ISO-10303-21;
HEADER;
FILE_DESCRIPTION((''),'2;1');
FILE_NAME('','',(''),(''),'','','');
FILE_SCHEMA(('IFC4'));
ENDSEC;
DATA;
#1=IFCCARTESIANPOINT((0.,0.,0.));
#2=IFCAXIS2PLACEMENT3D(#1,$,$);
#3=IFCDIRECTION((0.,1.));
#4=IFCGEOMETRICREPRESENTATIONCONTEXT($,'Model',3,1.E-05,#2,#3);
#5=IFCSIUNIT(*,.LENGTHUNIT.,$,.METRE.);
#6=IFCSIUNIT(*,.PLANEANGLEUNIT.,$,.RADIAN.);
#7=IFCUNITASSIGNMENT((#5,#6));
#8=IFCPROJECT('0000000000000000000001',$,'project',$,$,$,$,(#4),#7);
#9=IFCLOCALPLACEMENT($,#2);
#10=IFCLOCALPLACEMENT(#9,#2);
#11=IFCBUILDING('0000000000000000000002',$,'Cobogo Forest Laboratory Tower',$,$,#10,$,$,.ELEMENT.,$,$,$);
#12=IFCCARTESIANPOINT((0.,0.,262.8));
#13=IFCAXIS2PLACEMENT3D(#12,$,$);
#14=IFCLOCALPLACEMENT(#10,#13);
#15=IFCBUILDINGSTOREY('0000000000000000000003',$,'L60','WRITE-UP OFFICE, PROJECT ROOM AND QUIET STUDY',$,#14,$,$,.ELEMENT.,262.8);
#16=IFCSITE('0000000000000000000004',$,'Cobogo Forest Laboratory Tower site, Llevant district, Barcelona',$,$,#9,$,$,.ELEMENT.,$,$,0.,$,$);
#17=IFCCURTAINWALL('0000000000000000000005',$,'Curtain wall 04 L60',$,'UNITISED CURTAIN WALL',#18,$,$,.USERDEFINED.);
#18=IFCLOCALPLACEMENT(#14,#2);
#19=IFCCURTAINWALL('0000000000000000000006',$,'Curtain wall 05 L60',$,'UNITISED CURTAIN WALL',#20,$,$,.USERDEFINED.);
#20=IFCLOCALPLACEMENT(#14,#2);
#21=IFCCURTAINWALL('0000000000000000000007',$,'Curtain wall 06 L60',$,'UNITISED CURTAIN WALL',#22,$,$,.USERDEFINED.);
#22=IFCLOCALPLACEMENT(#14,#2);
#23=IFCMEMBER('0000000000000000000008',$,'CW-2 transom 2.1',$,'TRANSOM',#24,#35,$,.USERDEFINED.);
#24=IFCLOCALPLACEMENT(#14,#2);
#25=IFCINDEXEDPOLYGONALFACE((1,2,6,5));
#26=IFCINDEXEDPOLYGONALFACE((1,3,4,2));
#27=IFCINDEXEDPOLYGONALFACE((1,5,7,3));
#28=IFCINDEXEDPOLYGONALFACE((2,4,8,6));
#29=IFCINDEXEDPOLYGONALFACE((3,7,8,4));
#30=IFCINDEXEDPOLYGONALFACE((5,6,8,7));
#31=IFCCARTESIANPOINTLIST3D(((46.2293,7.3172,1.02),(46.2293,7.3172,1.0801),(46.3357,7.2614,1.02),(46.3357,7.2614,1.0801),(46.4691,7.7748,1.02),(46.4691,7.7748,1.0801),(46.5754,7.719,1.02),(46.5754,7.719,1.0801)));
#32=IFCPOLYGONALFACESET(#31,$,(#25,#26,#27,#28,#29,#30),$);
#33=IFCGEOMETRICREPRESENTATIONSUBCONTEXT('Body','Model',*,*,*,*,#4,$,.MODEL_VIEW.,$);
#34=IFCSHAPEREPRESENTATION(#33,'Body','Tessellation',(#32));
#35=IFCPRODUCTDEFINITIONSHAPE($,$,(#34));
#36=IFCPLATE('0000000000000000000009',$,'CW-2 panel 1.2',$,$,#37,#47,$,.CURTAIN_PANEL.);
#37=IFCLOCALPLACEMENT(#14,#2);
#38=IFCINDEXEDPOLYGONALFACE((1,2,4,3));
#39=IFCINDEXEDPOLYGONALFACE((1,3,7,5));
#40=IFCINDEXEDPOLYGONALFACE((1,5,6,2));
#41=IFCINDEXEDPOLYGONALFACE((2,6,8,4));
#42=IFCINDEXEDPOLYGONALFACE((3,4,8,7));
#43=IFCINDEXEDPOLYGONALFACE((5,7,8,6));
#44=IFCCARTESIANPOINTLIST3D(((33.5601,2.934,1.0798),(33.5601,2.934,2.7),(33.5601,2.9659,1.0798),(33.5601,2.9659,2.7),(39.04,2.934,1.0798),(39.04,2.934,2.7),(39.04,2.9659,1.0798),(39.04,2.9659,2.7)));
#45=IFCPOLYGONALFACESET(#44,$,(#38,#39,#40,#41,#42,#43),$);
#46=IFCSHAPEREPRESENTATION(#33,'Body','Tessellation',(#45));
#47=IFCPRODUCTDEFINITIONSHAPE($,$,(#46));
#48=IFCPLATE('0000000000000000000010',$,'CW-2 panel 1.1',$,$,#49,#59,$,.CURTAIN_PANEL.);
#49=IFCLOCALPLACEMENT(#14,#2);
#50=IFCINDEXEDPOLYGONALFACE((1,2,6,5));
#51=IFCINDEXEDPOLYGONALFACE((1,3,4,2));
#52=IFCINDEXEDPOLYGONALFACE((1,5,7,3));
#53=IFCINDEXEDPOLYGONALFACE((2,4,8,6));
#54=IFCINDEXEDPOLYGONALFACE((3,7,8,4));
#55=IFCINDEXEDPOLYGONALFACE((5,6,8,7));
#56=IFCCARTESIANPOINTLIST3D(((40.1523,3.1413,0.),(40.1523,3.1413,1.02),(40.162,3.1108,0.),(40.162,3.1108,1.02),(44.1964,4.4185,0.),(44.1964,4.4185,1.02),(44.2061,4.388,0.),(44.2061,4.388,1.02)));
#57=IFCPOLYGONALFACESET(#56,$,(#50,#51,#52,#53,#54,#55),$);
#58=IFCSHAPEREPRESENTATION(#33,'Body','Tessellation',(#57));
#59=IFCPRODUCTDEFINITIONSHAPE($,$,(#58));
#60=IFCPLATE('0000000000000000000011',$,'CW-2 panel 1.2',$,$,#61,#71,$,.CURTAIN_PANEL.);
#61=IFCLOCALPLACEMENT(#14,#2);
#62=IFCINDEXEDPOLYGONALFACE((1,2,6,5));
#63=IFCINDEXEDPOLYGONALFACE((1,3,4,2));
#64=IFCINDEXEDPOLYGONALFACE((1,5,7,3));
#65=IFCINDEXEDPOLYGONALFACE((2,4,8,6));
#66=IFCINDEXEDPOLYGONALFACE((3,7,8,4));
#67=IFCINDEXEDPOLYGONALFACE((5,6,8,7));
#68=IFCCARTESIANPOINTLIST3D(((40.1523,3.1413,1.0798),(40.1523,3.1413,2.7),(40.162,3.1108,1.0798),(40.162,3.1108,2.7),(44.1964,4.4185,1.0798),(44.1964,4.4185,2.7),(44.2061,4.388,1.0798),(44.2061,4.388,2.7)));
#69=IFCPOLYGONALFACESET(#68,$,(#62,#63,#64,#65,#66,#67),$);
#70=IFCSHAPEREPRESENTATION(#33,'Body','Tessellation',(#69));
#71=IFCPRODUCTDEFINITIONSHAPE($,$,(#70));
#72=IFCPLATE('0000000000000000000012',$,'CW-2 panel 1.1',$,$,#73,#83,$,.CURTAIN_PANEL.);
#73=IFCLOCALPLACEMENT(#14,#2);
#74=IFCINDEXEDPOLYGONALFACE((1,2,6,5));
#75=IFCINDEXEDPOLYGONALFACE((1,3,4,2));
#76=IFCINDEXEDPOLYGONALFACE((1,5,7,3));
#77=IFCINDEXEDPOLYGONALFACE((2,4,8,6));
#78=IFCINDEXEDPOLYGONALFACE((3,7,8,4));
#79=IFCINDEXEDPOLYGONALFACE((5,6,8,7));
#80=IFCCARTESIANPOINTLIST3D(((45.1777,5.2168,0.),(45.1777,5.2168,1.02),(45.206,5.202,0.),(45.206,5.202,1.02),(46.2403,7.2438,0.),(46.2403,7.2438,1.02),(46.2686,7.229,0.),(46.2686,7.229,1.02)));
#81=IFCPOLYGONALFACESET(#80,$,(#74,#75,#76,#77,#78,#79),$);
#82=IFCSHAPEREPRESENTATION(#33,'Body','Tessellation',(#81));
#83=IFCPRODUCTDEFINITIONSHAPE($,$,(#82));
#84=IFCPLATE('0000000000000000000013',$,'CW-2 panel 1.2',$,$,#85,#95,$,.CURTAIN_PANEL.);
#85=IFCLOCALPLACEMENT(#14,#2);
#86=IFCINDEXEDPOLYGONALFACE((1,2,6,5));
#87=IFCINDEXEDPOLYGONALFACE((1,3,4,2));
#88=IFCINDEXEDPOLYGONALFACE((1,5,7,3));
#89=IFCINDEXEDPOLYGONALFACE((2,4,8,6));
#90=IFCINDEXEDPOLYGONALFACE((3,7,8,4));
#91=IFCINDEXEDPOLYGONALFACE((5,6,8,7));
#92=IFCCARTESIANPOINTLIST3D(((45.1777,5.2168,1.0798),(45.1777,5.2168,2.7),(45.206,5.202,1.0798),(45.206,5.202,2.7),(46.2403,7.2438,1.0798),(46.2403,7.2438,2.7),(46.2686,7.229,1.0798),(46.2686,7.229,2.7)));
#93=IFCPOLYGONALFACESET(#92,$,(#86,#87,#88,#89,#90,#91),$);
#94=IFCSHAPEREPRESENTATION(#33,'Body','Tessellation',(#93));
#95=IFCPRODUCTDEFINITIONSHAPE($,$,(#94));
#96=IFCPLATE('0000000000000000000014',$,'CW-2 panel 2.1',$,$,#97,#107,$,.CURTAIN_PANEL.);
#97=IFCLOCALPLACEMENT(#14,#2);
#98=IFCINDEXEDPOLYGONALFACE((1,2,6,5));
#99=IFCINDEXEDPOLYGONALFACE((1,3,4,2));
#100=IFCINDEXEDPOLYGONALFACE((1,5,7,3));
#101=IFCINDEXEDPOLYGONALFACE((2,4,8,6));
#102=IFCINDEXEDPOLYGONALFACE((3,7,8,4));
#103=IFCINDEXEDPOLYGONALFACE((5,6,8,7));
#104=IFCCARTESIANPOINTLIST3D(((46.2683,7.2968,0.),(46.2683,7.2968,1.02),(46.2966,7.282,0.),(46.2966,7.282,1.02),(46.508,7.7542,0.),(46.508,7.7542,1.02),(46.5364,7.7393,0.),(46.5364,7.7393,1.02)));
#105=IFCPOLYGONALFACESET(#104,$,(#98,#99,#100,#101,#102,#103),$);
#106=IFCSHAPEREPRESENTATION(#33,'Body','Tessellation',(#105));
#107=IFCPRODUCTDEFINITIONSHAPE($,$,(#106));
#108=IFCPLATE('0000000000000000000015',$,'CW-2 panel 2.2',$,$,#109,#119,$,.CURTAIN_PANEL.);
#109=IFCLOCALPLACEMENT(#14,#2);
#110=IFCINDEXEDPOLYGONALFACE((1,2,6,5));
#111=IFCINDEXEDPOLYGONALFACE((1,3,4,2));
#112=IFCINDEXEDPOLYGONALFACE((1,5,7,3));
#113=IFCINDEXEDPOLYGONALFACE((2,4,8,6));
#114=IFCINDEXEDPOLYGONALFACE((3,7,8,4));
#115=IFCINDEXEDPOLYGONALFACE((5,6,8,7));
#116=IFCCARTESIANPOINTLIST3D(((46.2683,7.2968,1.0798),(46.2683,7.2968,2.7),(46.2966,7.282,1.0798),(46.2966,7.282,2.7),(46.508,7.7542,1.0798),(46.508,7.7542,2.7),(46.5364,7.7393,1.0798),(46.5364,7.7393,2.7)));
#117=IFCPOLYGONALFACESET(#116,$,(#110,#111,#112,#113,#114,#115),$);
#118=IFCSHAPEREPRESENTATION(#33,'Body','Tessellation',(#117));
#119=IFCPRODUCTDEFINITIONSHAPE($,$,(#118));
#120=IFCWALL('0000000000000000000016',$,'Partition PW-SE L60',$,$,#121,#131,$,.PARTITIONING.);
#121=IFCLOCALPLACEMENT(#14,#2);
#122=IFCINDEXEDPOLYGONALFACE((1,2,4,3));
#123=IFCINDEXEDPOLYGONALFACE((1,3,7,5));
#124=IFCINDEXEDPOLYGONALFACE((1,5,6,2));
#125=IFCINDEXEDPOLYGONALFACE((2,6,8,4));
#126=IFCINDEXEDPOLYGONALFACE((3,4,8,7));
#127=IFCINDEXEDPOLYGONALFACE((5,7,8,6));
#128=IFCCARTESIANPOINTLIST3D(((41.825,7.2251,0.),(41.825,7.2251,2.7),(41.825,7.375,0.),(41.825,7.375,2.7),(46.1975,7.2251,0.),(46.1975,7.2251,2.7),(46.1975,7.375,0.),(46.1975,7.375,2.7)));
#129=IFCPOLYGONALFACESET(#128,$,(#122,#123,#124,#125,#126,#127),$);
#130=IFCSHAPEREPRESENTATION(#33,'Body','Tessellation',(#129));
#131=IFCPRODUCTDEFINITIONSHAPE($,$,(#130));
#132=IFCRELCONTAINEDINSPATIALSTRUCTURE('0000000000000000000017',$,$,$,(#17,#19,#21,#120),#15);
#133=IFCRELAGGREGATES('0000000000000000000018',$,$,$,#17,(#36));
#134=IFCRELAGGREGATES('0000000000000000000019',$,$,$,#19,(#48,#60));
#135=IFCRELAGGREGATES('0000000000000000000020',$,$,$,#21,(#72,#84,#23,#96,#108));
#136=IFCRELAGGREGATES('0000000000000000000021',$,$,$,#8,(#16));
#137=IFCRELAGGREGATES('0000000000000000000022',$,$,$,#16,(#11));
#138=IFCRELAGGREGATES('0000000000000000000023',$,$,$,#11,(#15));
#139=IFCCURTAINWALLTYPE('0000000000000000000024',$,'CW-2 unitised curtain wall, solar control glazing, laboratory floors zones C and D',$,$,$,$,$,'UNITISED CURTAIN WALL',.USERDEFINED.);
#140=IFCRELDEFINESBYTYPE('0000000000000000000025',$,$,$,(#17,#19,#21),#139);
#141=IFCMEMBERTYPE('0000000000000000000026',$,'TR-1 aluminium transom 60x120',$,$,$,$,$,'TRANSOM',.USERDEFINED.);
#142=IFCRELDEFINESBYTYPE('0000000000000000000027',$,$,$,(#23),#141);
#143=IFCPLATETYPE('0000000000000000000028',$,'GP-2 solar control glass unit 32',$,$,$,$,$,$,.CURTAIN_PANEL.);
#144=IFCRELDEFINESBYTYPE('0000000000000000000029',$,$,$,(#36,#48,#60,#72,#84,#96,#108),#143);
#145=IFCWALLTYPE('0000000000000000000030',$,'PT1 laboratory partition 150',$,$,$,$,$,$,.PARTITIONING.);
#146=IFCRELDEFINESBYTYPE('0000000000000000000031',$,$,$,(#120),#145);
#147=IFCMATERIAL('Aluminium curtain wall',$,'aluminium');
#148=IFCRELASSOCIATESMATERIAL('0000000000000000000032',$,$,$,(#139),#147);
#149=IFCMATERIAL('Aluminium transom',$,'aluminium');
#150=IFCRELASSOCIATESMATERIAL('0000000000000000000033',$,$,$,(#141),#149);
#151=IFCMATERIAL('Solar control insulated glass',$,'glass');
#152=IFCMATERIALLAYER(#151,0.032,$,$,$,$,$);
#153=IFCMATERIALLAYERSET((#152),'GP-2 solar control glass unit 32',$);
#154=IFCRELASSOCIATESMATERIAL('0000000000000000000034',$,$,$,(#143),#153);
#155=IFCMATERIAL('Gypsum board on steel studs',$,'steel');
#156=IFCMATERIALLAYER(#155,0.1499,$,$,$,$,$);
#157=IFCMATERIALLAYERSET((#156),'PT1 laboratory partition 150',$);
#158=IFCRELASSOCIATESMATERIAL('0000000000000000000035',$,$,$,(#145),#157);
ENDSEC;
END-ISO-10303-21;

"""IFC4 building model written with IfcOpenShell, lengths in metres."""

from ifc_helpers import new_model, si_unit, direction, frame, frame_2d, origin, origin_2d, place, context, subcontext, project, spatial, rectangle, extrude, material, layer, layer_set, material_profile, profile_set, type_object, element, aggregate, save


model = new_model("IFC4")

# Units and contexts
model_context = context("Model", 3, precision=1e-05, world=origin(), true_north=direction((0.0, 1.0)))
body_context = subcontext(model_context, "Body", "Model", "MODEL_VIEW")
ifc_project = project(units=[si_unit("LENGTHUNIT", "METRE"), si_unit("PLANEANGLEUNIT", "RADIAN")], contexts=[model_context])

# Site, building, storey
site_placement = place(None, origin())
site = spatial("IfcSite", under=ifc_project, at=site_placement, Name="Cobogo Forest Laboratory Tower site, Llevant district, Barcelona", CompositionType="ELEMENT", RefElevation=0.0)
building_placement = place(site_placement, origin())
building = spatial("IfcBuilding", under=site, at=building_placement, Name="Cobogo Forest Laboratory Tower", CompositionType="ELEMENT")
storey_placement = place(building_placement, frame((0.0, 0.0, 262.8)))
storey = spatial("IfcBuildingStorey", under=building, at=storey_placement, Name="L60", Description="WRITE-UP OFFICE, PROJECT ROOM AND QUIET STUDY", CompositionType="ELEMENT", Elevation=262.8)

# Curtain wall
ifc_material_1 = material(Name="Aluminium curtain wall", Category="aluminium")
curtain_wall_type = type_object("IfcCurtainWallType", Name="CW-2 unitised curtain wall, solar control glazing, laboratory floors zones C and D", ElementType="UNITISED CURTAIN WALL", PredefinedType="USERDEFINED", material=ifc_material_1)
curtain_wall_1_placement = place(storey_placement, origin())
curtain_wall_1 = element("IfcCurtainWall", 1, at=curtain_wall_1_placement, inside=storey, type_object=curtain_wall_type, Name="Curtain wall 04 L60", ObjectType="UNITISED CURTAIN WALL", PredefinedType="USERDEFINED")

# Curtain walls
curtain_wall_2_placement = place(storey_placement, origin())
curtain_wall_2 = element("IfcCurtainWall", 2, at=curtain_wall_2_placement, inside=storey, type_object=curtain_wall_type, Name="Curtain wall 05 L60", ObjectType="UNITISED CURTAIN WALL", PredefinedType="USERDEFINED")
curtain_wall_3_placement = place(storey_placement, origin())
curtain_wall_3 = element("IfcCurtainWall", 3, at=curtain_wall_3_placement, inside=storey, type_object=curtain_wall_type, Name="Curtain wall 06 L60", ObjectType="UNITISED CURTAIN WALL", PredefinedType="USERDEFINED")

# Member
ifc_material_2 = material(Name="Aluminium transom", Category="aluminium")
ifc_material_profile_1 = material_profile(ifc_material_2, rectangle(XDim=0.1201, YDim=0.0601, at=origin_2d()), Name="AL 60x120")
ifc_profile_set_1 = profile_set([ifc_material_profile_1], Name="Aluminium transom")
member_type_1 = type_object("IfcMemberType", Name="TR-1 aluminium transom 60x120", ElementType="TRANSOM", PredefinedType="USERDEFINED", material=ifc_profile_set_1)
member_1_placement = place(storey_placement, frame((46.2825, 7.2893, 1.05), z_axis=(0.464148, 0.885758, 0.0), x_axis=(-0.885758, 0.464148, 0.0)))
member_1 = element("IfcMember", 4, at=member_1_placement, type_object=member_type_1, Name="CW-2 transom 2.1", ObjectType="TRANSOM", PredefinedType="USERDEFINED", context=body_context, shape_type="SweptSolid", body=[
    extrude(rectangle(XDim=0.1201, YDim=0.0601, at=origin_2d()), origin(), (0.0, 0.0, 1.0), 0.5166),
])

# Plates
ifc_material_3 = material(Name="Solar control insulated glass", Category="glass")
ifc_layer_1 = layer(ifc_material_3, 0.032)
ifc_layer_set_1 = layer_set([ifc_layer_1], Name="GP-2 solar control glass unit 32")
plate_type = type_object("IfcPlateType", Name="GP-2 solar control glass unit 32", PredefinedType="CURTAIN_PANEL", material=ifc_layer_set_1)
plate_1_placement = place(storey_placement, frame((36.3, 2.95, 1.0798), z_axis=(0.0, 0.0, 1.0), x_axis=(1.0, 0.0, 0.0)))
plate_1 = element("IfcPlate", 5, at=plate_1_placement, type_object=plate_type, Name="CW-2 panel 1.2", PredefinedType="CURTAIN_PANEL", context=body_context, shape_type="SweptSolid", body=[
    extrude(rectangle(XDim=5.48, YDim=0.032, at=origin_2d()), origin(), (0.0, 0.0, 1.0), 1.6201),
])
aggregate(curtain_wall_1, [plate_1])
plate_2_placement = place(storey_placement, frame((42.1792, 3.7646, 0.0), z_axis=(0.0, 0.0, 1.0), x_axis=(0.953581, 0.301135, 0.0)))
plate_2 = element("IfcPlate", 6, at=plate_2_placement, type_object=plate_type, Name="CW-2 panel 1.1", PredefinedType="CURTAIN_PANEL", context=body_context, shape_type="SweptSolid", body=[
    extrude(rectangle(XDim=4.241, YDim=0.032, at=origin_2d()), origin(), (0.0, 0.0, 1.0), 1.02),
])
plate_3_placement = place(storey_placement, frame((42.1792, 3.7646, 1.0798), z_axis=(0.0, 0.0, 1.0), x_axis=(0.953581, 0.301135, 0.0)))
plate_3 = element("IfcPlate", 7, at=plate_3_placement, type_object=plate_type, Name="CW-2 panel 1.2", PredefinedType="CURTAIN_PANEL", context=body_context, shape_type="SweptSolid", body=[
    extrude(rectangle(XDim=4.241, YDim=0.032, at=origin_2d()), origin(), (0.0, 0.0, 1.0), 1.6201),
])
aggregate(curtain_wall_2, [plate_2, plate_3])
plate_4_placement = place(storey_placement, frame((45.7231, 6.2229, 0.0), z_axis=(0.0, 0.0, 1.0), x_axis=(0.464284, 0.885686, 0.0)))
plate_4 = element("IfcPlate", 8, at=plate_4_placement, type_object=plate_type, Name="CW-2 panel 1.1", PredefinedType="CURTAIN_PANEL", context=body_context, shape_type="SweptSolid", body=[
    extrude(rectangle(XDim=2.2886, YDim=0.032, at=origin_2d()), origin(), (0.0, 0.0, 1.0), 1.02),
])
plate_5_placement = place(storey_placement, frame((45.7231, 6.2229, 1.0798), z_axis=(0.0, 0.0, 1.0), x_axis=(0.464284, 0.885686, 0.0)))
plate_5 = element("IfcPlate", 9, at=plate_5_placement, type_object=plate_type, Name="CW-2 panel 1.2", PredefinedType="CURTAIN_PANEL", context=body_context, shape_type="SweptSolid", body=[
    extrude(rectangle(XDim=2.2886, YDim=0.032, at=origin_2d()), origin(), (0.0, 0.0, 1.0), 1.6201),
])
plate_6_placement = place(storey_placement, frame((46.4023, 7.5181, 0.0), z_axis=(0.0, 0.0, 1.0), x_axis=(0.464284, 0.885686, 0.0)))
plate_6 = element("IfcPlate", 10, at=plate_6_placement, type_object=plate_type, Name="CW-2 panel 2.1", PredefinedType="CURTAIN_PANEL", context=body_context, shape_type="SweptSolid", body=[
    extrude(rectangle(XDim=0.5164, YDim=0.032, at=origin_2d()), origin(), (0.0, 0.0, 1.0), 1.02),
])
plate_7_placement = place(storey_placement, frame((46.4023, 7.5181, 1.0798), z_axis=(0.0, 0.0, 1.0), x_axis=(0.464284, 0.885686, 0.0)))
plate_7 = element("IfcPlate", 11, at=plate_7_placement, type_object=plate_type, Name="CW-2 panel 2.2", PredefinedType="CURTAIN_PANEL", context=body_context, shape_type="SweptSolid", body=[
    extrude(rectangle(XDim=0.5164, YDim=0.032, at=origin_2d()), origin(), (0.0, 0.0, 1.0), 1.6201),
])
aggregate(curtain_wall_3, [plate_4, plate_5, member_1, plate_6, plate_7])

# Wall
ifc_material_4 = material(Name="Gypsum board on steel studs", Category="steel")
ifc_layer_2 = layer(ifc_material_4, 0.1499)
ifc_layer_set_2 = layer_set([ifc_layer_2], Name="PT1 laboratory partition 150")
wall_type_1 = type_object("IfcWallType", Name="PT1 laboratory partition 150", PredefinedType="PARTITIONING", material=ifc_layer_set_2)
wall_1_placement = place(storey_placement, frame((46.1975, 7.3, 0.0), z_axis=(0.0, 0.0, 1.0), x_axis=(-1.0, 0.0, 0.0)))
element("IfcWall", 12, at=wall_1_placement, inside=storey, type_object=wall_type_1, Name="Partition PW-SE L60", PredefinedType="PARTITIONING", context=body_context, shape_type="SweptSolid", body=[
    extrude(rectangle(XDim=4.3726, YDim=0.1499, at=frame_2d((2.1863, 0.0))), origin(), (0.0, 0.0, 1.0), 2.7),
])

save(model, "model.ifc")
